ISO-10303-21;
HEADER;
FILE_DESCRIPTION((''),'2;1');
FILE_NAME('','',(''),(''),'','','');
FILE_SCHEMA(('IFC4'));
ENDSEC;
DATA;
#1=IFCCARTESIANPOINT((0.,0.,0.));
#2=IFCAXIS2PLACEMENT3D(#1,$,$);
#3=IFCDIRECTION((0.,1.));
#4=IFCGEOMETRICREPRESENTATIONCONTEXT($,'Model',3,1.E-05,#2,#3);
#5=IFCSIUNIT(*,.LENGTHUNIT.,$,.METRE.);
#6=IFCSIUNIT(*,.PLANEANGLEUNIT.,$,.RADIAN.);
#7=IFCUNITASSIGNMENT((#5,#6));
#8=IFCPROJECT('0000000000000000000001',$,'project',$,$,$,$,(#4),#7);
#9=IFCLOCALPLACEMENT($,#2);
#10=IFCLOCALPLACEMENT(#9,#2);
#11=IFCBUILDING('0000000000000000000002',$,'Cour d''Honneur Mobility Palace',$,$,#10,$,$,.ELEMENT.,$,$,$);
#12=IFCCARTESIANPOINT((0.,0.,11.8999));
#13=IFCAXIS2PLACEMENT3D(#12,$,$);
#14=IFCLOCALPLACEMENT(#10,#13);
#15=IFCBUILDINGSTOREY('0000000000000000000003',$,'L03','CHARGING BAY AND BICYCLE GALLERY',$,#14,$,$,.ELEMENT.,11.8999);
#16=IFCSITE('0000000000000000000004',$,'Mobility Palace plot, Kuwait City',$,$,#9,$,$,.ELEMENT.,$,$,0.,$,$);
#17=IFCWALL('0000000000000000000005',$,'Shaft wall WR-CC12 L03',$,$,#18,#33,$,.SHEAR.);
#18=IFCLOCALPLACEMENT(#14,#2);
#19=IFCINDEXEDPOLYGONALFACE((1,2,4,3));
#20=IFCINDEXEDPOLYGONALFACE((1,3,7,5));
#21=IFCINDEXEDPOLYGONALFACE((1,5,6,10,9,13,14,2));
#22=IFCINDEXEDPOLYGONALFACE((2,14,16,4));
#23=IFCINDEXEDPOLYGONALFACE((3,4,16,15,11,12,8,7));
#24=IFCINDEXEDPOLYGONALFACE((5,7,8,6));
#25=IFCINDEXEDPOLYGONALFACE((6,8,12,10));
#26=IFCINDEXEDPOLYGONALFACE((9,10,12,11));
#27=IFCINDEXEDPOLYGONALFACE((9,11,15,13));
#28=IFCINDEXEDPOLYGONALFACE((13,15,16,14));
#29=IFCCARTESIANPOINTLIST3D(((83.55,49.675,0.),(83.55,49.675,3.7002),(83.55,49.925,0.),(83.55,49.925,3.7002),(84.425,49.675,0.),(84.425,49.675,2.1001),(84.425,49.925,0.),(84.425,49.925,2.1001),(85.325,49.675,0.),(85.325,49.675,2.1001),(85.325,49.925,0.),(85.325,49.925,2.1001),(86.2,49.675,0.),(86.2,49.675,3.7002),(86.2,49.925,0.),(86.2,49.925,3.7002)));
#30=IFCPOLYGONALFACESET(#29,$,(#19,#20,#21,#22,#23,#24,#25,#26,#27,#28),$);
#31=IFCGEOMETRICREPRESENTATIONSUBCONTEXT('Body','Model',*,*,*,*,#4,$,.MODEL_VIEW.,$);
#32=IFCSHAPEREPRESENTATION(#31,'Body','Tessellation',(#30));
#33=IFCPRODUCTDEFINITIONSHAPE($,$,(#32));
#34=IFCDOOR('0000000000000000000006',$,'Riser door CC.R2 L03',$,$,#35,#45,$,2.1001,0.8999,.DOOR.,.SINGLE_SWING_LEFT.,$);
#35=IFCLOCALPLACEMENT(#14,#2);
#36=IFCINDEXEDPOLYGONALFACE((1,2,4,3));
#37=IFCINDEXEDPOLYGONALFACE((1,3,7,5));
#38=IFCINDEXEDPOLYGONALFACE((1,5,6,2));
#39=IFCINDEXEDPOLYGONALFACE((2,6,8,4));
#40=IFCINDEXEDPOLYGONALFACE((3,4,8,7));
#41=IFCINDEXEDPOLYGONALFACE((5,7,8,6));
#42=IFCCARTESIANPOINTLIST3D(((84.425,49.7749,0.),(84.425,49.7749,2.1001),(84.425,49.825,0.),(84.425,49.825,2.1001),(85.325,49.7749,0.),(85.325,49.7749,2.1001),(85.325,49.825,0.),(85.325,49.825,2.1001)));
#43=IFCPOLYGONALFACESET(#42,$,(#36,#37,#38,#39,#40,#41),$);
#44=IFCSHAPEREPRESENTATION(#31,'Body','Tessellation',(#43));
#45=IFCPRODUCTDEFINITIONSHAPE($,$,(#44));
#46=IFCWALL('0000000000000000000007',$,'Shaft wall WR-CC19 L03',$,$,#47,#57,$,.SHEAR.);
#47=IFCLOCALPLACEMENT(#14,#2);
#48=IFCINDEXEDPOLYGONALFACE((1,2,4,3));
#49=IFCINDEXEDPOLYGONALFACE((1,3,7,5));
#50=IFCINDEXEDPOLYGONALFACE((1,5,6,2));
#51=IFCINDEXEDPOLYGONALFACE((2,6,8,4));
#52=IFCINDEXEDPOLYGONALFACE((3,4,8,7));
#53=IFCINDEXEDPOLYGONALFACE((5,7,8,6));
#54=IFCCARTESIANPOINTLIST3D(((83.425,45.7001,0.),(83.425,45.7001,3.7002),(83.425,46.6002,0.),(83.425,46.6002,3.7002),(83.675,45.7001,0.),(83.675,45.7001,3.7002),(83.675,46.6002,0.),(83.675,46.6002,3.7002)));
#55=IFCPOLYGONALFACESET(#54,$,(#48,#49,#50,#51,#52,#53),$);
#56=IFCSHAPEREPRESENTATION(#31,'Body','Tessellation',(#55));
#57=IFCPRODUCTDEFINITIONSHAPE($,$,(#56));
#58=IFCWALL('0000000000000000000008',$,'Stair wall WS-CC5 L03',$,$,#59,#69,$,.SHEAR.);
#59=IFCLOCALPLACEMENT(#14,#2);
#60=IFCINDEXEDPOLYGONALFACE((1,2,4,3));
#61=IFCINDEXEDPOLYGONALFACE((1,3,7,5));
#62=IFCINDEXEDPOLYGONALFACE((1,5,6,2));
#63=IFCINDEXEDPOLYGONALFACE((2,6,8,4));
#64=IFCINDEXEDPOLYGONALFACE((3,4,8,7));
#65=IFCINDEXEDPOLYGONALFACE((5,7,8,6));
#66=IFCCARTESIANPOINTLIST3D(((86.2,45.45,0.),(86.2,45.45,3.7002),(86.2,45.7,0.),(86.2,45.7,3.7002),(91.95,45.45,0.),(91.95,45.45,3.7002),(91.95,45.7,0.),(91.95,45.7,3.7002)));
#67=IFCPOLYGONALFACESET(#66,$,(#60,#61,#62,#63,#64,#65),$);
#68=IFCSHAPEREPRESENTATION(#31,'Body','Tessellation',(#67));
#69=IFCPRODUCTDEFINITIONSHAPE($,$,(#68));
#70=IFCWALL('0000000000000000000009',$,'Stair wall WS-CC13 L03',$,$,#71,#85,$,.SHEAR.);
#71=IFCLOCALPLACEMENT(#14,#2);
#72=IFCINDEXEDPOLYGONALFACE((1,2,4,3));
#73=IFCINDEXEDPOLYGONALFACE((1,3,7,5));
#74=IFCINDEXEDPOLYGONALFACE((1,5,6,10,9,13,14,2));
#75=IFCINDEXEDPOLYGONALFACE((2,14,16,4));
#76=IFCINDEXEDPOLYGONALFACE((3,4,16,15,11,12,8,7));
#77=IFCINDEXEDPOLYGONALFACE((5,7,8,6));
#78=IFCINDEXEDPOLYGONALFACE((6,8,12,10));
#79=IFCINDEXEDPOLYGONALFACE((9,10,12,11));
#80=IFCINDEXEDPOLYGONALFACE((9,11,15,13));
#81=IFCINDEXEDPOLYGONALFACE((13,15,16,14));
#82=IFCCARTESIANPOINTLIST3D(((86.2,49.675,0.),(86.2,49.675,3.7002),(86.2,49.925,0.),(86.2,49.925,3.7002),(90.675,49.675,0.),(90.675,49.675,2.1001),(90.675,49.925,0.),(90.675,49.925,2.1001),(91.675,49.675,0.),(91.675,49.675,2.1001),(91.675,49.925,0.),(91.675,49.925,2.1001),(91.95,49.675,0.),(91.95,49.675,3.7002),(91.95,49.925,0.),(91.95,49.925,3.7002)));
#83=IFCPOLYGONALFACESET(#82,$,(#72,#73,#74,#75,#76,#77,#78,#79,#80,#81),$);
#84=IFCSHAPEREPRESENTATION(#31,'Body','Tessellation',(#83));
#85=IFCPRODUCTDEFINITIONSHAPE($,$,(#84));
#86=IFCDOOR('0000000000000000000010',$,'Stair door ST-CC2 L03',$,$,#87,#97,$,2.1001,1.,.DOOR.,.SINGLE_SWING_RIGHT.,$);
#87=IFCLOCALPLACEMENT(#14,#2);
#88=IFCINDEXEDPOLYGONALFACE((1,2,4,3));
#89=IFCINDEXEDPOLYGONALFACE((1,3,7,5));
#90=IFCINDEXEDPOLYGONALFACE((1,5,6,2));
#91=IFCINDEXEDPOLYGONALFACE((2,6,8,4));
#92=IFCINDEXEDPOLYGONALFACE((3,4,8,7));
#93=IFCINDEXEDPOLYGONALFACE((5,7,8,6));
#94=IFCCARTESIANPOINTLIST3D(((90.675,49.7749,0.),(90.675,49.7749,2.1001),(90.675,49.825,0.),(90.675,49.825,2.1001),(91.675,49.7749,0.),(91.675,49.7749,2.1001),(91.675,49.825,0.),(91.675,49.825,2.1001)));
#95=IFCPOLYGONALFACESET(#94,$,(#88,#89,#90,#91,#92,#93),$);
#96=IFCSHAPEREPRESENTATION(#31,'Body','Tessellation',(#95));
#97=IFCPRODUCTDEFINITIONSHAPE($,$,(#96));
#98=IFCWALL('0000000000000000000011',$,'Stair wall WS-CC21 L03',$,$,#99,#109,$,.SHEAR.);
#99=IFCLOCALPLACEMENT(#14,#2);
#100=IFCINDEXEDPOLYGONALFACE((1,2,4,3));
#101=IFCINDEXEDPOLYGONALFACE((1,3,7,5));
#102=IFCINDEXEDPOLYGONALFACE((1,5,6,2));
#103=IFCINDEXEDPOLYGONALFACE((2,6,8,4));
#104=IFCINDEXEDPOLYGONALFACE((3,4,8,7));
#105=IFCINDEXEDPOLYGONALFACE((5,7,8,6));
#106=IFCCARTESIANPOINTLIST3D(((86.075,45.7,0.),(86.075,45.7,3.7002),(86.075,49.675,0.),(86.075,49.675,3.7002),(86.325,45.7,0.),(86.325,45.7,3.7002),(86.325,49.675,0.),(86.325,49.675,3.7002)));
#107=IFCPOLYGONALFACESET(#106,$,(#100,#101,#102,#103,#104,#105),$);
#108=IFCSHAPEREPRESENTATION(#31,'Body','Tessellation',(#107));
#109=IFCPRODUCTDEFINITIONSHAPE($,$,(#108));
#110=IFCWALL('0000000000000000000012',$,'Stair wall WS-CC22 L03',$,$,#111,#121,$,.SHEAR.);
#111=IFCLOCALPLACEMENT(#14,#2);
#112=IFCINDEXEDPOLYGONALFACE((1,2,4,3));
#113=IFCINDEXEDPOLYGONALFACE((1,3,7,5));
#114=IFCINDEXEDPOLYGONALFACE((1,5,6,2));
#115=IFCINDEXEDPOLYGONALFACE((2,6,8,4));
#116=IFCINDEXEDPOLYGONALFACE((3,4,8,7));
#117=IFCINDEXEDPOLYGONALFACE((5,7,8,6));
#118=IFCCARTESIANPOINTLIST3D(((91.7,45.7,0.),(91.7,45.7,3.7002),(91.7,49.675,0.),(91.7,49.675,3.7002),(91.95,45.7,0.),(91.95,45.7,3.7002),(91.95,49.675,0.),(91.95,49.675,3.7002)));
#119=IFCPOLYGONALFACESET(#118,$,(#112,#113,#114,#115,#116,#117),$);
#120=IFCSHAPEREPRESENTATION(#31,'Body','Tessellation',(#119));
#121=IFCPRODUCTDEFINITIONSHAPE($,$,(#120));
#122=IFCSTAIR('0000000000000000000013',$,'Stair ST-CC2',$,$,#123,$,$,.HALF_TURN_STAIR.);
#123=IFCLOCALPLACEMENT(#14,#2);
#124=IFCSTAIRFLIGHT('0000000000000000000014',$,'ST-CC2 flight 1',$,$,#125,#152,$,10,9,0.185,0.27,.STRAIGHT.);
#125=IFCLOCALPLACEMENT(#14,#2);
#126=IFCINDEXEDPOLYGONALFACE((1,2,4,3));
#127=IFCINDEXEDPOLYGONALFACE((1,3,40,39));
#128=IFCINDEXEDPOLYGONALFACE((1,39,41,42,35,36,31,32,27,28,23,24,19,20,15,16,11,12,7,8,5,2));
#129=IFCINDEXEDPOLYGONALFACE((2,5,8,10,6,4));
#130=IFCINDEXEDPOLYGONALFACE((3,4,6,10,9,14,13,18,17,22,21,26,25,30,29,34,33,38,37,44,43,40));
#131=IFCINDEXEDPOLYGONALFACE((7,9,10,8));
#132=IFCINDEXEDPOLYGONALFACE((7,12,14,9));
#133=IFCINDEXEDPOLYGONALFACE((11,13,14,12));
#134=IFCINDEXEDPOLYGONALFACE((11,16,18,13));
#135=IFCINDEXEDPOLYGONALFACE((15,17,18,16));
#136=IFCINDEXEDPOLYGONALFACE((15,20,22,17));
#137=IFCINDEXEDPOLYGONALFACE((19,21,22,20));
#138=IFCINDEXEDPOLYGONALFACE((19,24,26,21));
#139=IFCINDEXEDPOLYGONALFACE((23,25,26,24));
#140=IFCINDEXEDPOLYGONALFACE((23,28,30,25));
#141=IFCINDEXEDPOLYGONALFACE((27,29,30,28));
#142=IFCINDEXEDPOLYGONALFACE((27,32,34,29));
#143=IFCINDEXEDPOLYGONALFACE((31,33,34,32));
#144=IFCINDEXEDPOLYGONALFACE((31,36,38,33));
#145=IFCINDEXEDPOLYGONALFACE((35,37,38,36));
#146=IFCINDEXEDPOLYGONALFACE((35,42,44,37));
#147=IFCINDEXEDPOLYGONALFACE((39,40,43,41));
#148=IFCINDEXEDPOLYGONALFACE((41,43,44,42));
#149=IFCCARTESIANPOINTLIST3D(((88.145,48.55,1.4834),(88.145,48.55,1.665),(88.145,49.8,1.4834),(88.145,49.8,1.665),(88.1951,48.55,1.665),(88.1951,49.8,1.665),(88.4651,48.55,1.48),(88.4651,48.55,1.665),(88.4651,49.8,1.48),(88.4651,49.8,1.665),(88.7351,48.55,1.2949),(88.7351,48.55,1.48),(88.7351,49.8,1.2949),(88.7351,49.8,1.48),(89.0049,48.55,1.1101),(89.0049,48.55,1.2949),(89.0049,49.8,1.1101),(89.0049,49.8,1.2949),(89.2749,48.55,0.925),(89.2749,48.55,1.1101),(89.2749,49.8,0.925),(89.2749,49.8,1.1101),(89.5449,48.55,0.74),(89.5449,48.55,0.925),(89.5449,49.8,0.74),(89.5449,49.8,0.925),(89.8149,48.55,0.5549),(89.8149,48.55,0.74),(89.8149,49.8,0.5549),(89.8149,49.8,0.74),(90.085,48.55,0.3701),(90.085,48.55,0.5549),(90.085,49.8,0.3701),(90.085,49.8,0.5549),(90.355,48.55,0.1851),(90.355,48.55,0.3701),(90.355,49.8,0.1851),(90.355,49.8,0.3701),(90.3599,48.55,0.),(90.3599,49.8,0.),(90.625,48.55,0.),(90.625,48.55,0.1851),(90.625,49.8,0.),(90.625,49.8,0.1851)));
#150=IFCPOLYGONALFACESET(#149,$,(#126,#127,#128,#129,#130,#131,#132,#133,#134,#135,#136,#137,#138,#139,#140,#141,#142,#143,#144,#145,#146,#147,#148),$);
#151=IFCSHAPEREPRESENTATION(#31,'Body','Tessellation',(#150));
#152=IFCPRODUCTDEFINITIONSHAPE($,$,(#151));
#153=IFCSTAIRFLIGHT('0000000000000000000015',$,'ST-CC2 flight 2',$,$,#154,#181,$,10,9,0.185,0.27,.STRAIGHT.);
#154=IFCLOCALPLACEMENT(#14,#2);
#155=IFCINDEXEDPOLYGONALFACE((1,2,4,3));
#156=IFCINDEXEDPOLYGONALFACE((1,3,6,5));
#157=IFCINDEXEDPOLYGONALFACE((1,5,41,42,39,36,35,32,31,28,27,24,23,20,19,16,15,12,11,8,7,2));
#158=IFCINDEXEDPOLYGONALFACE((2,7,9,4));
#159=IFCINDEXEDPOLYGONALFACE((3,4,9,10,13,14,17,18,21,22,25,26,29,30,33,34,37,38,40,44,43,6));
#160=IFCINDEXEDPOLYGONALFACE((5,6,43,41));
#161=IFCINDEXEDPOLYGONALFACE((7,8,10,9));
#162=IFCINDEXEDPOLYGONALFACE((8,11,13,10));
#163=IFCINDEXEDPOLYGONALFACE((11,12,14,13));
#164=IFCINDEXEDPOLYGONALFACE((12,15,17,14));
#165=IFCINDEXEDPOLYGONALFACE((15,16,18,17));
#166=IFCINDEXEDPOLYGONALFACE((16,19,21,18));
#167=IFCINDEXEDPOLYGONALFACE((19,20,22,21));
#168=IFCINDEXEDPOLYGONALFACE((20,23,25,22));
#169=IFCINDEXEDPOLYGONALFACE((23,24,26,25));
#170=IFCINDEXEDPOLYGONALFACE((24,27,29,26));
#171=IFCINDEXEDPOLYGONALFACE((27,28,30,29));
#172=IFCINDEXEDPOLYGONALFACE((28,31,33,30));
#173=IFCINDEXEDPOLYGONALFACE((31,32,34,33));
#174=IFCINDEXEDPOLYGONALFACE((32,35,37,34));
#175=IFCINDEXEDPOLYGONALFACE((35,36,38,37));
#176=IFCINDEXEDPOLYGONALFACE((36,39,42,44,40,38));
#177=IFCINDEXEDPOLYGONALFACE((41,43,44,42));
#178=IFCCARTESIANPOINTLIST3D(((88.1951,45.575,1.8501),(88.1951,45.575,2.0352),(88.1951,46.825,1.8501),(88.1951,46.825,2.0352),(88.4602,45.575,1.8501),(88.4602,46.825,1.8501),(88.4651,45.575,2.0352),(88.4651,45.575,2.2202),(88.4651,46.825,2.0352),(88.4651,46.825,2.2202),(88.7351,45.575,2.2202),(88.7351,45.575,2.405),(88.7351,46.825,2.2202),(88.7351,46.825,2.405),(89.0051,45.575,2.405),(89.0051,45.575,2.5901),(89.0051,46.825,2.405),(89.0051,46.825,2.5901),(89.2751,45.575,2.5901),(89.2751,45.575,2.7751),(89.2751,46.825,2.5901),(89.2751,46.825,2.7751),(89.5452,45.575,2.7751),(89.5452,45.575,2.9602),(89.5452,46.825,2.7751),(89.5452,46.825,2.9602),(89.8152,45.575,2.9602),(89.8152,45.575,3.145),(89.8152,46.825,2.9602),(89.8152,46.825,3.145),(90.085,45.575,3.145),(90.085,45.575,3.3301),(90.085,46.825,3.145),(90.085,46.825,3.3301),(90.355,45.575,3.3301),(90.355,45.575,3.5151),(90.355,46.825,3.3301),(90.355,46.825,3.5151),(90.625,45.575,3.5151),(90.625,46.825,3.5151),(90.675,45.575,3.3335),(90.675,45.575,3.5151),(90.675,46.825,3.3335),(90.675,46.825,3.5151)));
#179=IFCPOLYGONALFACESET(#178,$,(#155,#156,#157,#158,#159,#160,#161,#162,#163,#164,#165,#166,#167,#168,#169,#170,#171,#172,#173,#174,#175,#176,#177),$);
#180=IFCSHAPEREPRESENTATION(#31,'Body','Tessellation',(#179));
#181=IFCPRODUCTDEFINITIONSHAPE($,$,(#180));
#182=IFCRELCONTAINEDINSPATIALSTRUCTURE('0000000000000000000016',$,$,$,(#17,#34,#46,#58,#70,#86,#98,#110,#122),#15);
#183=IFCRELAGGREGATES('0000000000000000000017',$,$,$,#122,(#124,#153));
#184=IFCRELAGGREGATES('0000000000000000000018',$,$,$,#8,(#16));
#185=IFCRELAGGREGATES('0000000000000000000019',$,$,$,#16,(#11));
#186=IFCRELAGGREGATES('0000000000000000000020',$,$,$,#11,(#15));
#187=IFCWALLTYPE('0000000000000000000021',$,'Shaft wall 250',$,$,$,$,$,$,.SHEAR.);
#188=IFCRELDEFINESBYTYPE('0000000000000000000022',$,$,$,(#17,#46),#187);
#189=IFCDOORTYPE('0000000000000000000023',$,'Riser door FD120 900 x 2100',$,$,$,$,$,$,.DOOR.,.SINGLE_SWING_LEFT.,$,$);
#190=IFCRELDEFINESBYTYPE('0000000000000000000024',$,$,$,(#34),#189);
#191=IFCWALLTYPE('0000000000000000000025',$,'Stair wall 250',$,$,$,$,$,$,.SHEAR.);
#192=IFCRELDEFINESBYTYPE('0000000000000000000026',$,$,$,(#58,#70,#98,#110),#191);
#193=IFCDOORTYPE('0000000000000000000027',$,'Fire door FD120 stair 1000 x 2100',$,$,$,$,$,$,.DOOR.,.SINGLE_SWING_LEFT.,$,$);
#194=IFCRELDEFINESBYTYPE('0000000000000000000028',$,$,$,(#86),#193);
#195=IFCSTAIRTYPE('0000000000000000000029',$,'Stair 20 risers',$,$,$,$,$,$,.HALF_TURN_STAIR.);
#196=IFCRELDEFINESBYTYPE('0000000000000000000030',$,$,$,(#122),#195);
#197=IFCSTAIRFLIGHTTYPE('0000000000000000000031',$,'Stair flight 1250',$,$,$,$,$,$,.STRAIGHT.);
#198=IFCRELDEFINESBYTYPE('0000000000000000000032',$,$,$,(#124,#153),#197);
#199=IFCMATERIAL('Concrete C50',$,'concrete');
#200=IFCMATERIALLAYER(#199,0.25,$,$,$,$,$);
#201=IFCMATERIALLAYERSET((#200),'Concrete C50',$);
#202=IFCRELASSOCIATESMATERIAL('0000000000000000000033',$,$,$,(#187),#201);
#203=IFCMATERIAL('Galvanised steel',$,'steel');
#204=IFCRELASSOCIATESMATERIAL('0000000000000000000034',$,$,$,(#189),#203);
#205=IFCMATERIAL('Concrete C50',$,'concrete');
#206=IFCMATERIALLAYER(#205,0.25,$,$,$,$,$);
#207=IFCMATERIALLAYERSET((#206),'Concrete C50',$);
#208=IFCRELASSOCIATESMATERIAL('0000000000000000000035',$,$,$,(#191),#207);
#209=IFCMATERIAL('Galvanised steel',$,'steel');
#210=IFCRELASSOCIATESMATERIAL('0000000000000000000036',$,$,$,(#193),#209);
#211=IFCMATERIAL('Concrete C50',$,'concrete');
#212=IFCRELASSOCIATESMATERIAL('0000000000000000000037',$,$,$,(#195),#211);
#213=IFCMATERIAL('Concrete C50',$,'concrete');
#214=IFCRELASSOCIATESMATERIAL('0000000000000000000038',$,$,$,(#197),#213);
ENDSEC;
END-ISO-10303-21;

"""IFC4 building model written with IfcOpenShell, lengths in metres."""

from ifc_helpers import new_model, si_unit, direction, frame, frame_2d, origin, place, context, subcontext, project, spatial, polyline, rectangle, outline, extrude, material, layer, layer_set, type_object, element, fill, aggregate, save


model = new_model("IFC4")

# Units and contexts
model_context = context("Model", 3, precision=1e-05, world=origin(), true_north=direction((0.0, 1.0)))
body_context = subcontext(model_context, "Body", "Model", "MODEL_VIEW")
ifc_project = project(units=[si_unit("LENGTHUNIT", "METRE"), si_unit("PLANEANGLEUNIT", "RADIAN")], contexts=[model_context])

# Site, building, storey
site_placement = place(None, origin())
site = spatial("IfcSite", under=ifc_project, at=site_placement, Name="Mobility Palace plot, Kuwait City", CompositionType="ELEMENT", RefElevation=0.0)
building_placement = place(site_placement, origin())
building = spatial("IfcBuilding", under=site, at=building_placement, Name="Cour d'Honneur Mobility Palace", CompositionType="ELEMENT")
storey_placement = place(building_placement, frame((0.0, 0.0, 11.8999)))
storey = spatial("IfcBuildingStorey", under=building, at=storey_placement, Name="L03", Description="CHARGING BAY AND BICYCLE GALLERY", CompositionType="ELEMENT", Elevation=11.8999)

# Wall, opening, door
ifc_material_1 = material(Name="Concrete C50", Category="concrete")
ifc_layer_1 = layer(ifc_material_1, 0.25)
ifc_layer_set_1 = layer_set([ifc_layer_1], Name="Concrete C50")
wall_type_1 = type_object("IfcWallType", Name="Shaft wall 250", PredefinedType="SHEAR", material=ifc_layer_set_1)
wall_1_placement = place(storey_placement, frame((83.55, 49.8, 0.0), z_axis=(0.0, 0.0, 1.0), x_axis=(1.0, 0.0, 0.0)))
wall_1 = element("IfcWall", 1, at=wall_1_placement, inside=storey, type_object=wall_type_1, Name="Shaft wall WR-CC12 L03", PredefinedType="SHEAR", context=body_context, shape_type="SweptSolid", body=[
    extrude(rectangle(XDim=2.6499, YDim=0.25, at=frame_2d((1.325, 0.0))), origin(), (0.0, 0.0, 1.0), 3.7002),
])
opening_1_placement = place(wall_1_placement, frame((0.875, 0.0, 0.0)))
opening_1 = element("IfcOpeningElement", 2, at=opening_1_placement, cuts=wall_1, PredefinedType="OPENING", context=body_context, shape_type="SweptSolid", body=[
    extrude(rectangle(XDim=0.8999, YDim=2.1001, at=frame_2d((0.45, 1.05))), frame((0.0, 0.135, 0.0), z_axis=(0.0, -1.0, 0.0), x_axis=(1.0, 0.0, 0.0)), (0.0, 0.0, 1.0), 0.27),
])
ifc_material_2 = material(Name="Galvanised steel", Category="steel")
door_type_1 = type_object("IfcDoorType", Name="Riser door FD120 900 x 2100", OperationType="SINGLE_SWING_LEFT", PredefinedType="DOOR", material=ifc_material_2)
door_1_placement = place(opening_1_placement, origin())
door_1 = element("IfcDoor", 3, at=door_1_placement, inside=storey, type_object=door_type_1, Name="Riser door CC.R2 L03", OperationType="SINGLE_SWING_LEFT", OverallHeight=2.1001, OverallWidth=0.8999, PredefinedType="DOOR", context=body_context, shape_type="SweptSolid", body=[
    extrude(rectangle(XDim=0.8999, YDim=2.1001, at=frame_2d((0.45, 1.05))), frame((0.0, 0.0249, 0.0), z_axis=(0.0, -1.0, 0.0), x_axis=(1.0, 0.0, 0.0)), (0.0, 0.0, 1.0), 0.05),
])
fill(opening_1, door_1)

# Walls
wall_2_placement = place(storey_placement, frame((83.55, 45.7, 0.0), z_axis=(0.0, 0.0, 1.0), x_axis=(0.0, 1.0, 0.0)))
element("IfcWall", 4, at=wall_2_placement, inside=storey, type_object=wall_type_1, Name="Shaft wall WR-CC19 L03", PredefinedType="SHEAR", context=body_context, shape_type="SweptSolid", body=[
    extrude(rectangle(XDim=0.9001, YDim=0.25, at=frame_2d((0.4502, 0.0))), origin(), (0.0, 0.0, 1.0), 3.7002),
])
ifc_material_3 = material(Name="Concrete C50", Category="concrete")
ifc_layer_2 = layer(ifc_material_3, 0.25)
ifc_layer_set_2 = layer_set([ifc_layer_2], Name="Concrete C50")
wall_type_2 = type_object("IfcWallType", Name="Stair wall 250", PredefinedType="SHEAR", material=ifc_layer_set_2)
wall_3_placement = place(storey_placement, frame((86.2, 45.575, 0.0), z_axis=(0.0, 0.0, 1.0), x_axis=(1.0, 0.0, 0.0)))
element("IfcWall", 5, at=wall_3_placement, inside=storey, type_object=wall_type_2, Name="Stair wall WS-CC5 L03", PredefinedType="SHEAR", context=body_context, shape_type="SweptSolid", body=[
    extrude(rectangle(XDim=5.75, YDim=0.25, at=frame_2d((2.875, 0.0))), origin(), (0.0, 0.0, 1.0), 3.7002),
])

# Wall, opening, door
wall_4_placement = place(storey_placement, frame((86.2, 49.8, 0.0), z_axis=(0.0, 0.0, 1.0), x_axis=(1.0, 0.0, 0.0)))
wall_4 = element("IfcWall", 6, at=wall_4_placement, inside=storey, type_object=wall_type_2, Name="Stair wall WS-CC13 L03", PredefinedType="SHEAR", context=body_context, shape_type="SweptSolid", body=[
    extrude(rectangle(XDim=5.75, YDim=0.25, at=frame_2d((2.875, 0.0))), origin(), (0.0, 0.0, 1.0), 3.7002),
])
opening_2_placement = place(wall_4_placement, frame((4.4751, 0.0, 0.0)))
opening_2 = element("IfcOpeningElement", 7, at=opening_2_placement, cuts=wall_4, PredefinedType="OPENING", context=body_context, shape_type="SweptSolid", body=[
    extrude(rectangle(XDim=1.0, YDim=2.1001, at=frame_2d((0.5, 1.05))), frame((0.0, 0.135, 0.0), z_axis=(0.0, -1.0, 0.0), x_axis=(1.0, 0.0, 0.0)), (0.0, 0.0, 1.0), 0.27),
])
ifc_material_4 = material(Name="Galvanised steel", Category="steel")
door_type_2 = type_object("IfcDoorType", Name="Fire door FD120 stair 1000 x 2100", OperationType="SINGLE_SWING_LEFT", PredefinedType="DOOR", material=ifc_material_4)
door_2_placement = place(opening_2_placement, origin())
door_2 = element("IfcDoor", 8, at=door_2_placement, inside=storey, type_object=door_type_2, Name="Stair door ST-CC2 L03", OperationType="SINGLE_SWING_RIGHT", OverallHeight=2.1001, OverallWidth=1.0, PredefinedType="DOOR", context=body_context, shape_type="SweptSolid", body=[
    extrude(rectangle(XDim=1.0, YDim=2.1001, at=frame_2d((0.5, 1.05))), frame((0.0, 0.0249, 0.0), z_axis=(0.0, -1.0, 0.0), x_axis=(1.0, 0.0, 0.0)), (0.0, 0.0, 1.0), 0.05),
])
fill(opening_2, door_2)

# Walls
for number, where, z_axis, x_axis, name in (
    (9, (86.2, 45.7, 0.0), (0.0, 0.0, 1.0), (0.0, 1.0, 0.0), "Stair wall WS-CC21 L03"),
    (10, (91.825, 45.7, 0.0), (0.0, 0.0, 1.0), (0.0, 1.0, 0.0), "Stair wall WS-CC22 L03"),
):
    element("IfcWall", number, at=place(storey_placement, frame(where, z_axis=z_axis, x_axis=x_axis)), inside=storey, type_object=wall_type_2, Name=name, PredefinedType="SHEAR", context=body_context, shape_type="SweptSolid", body=[
        extrude(rectangle(XDim=3.9751, YDim=0.25, at=frame_2d((1.9875, 0.0))), origin(), (0.0, 0.0, 1.0), 3.7002),
    ])

# Stair, stair flights
ifc_material_5 = material(Name="Concrete C50", Category="concrete")
stair_type = type_object("IfcStairType", Name="Stair 20 risers", PredefinedType="HALF_TURN_STAIR", material=ifc_material_5)
stair_placement = place(storey_placement, origin())
stair = element("IfcStair", 11, at=stair_placement, inside=storey, type_object=stair_type, Name="Stair ST-CC2", PredefinedType="HALF_TURN_STAIR")
ifc_material_6 = material(Name="Concrete C50", Category="concrete")
stair_flight_type = type_object("IfcStairFlightType", Name="Stair flight 1250", PredefinedType="STRAIGHT", material=ifc_material_6)
stair_flight_1_placement = place(storey_placement, frame((90.625, 49.175, 0.0), z_axis=(0.0, 0.0, 1.0), x_axis=(-1.0, 0.0, 0.0)))
stair_flight_1 = element("IfcStairFlight", 12, at=stair_flight_1_placement, type_object=stair_flight_type, Name="ST-CC2 flight 1", NumberOfRisers=10, NumberOfTreads=9, PredefinedType="STRAIGHT", RiserHeight=0.185, TreadLength=0.27, context=body_context, shape_type="SweptSolid", body=[
    extrude(outline(polyline([(0.0, 0.0), (0.0, 0.1851), (0.27, 0.1851), (0.27, 0.3701), (0.54, 0.3701), (0.54, 0.5549), (0.8101, 0.5549), (0.8101, 0.74), (1.0801, 0.74), (1.0801, 0.925), (1.3501, 0.925), (1.3501, 1.1101), (1.6201, 1.1101), (1.6201, 1.2949), (1.8899, 1.2949), (1.8899, 1.48), (2.1599, 1.48), (2.1599, 1.665), (2.4299, 1.665), (2.48, 1.665), (2.48, 1.4834), (0.2651, 0.0), (0.0, 0.0)])), frame((0.0, 0.625, 0.0), z_axis=(0.0, -1.0, 0.0), x_axis=(1.0, 0.0, 0.0)), (0.0, 0.0, 1.0), 1.25),
])
stair_flight_2_placement = place(storey_placement, frame((88.1951, 46.2, 1.8501), z_axis=(0.0, 0.0, 1.0), x_axis=(1.0, 0.0, 0.0)))
stair_flight_2 = element("IfcStairFlight", 13, at=stair_flight_2_placement, type_object=stair_flight_type, Name="ST-CC2 flight 2", NumberOfRisers=10, NumberOfTreads=9, PredefinedType="STRAIGHT", RiserHeight=0.185, TreadLength=0.27, context=body_context, shape_type="SweptSolid", body=[
    extrude(outline(polyline([(0.0, 0.0), (0.0, 0.1851), (0.27, 0.1851), (0.27, 0.3701), (0.54, 0.3701), (0.54, 0.5549), (0.8101, 0.5549), (0.8101, 0.74), (1.0801, 0.74), (1.0801, 0.925), (1.3501, 0.925), (1.3501, 1.1101), (1.6201, 1.1101), (1.6201, 1.2949), (1.8899, 1.2949), (1.8899, 1.48), (2.1599, 1.48), (2.1599, 1.665), (2.4299, 1.665), (2.48, 1.665), (2.48, 1.4834), (0.2651, 0.0), (0.0, 0.0)])), frame((0.0, 0.625, 0.0), z_axis=(0.0, -1.0, 0.0), x_axis=(1.0, 0.0, 0.0)), (0.0, 0.0, 1.0), 1.25),
])
aggregate(stair, [stair_flight_1, stair_flight_2])

save(model, "model.ifc")
